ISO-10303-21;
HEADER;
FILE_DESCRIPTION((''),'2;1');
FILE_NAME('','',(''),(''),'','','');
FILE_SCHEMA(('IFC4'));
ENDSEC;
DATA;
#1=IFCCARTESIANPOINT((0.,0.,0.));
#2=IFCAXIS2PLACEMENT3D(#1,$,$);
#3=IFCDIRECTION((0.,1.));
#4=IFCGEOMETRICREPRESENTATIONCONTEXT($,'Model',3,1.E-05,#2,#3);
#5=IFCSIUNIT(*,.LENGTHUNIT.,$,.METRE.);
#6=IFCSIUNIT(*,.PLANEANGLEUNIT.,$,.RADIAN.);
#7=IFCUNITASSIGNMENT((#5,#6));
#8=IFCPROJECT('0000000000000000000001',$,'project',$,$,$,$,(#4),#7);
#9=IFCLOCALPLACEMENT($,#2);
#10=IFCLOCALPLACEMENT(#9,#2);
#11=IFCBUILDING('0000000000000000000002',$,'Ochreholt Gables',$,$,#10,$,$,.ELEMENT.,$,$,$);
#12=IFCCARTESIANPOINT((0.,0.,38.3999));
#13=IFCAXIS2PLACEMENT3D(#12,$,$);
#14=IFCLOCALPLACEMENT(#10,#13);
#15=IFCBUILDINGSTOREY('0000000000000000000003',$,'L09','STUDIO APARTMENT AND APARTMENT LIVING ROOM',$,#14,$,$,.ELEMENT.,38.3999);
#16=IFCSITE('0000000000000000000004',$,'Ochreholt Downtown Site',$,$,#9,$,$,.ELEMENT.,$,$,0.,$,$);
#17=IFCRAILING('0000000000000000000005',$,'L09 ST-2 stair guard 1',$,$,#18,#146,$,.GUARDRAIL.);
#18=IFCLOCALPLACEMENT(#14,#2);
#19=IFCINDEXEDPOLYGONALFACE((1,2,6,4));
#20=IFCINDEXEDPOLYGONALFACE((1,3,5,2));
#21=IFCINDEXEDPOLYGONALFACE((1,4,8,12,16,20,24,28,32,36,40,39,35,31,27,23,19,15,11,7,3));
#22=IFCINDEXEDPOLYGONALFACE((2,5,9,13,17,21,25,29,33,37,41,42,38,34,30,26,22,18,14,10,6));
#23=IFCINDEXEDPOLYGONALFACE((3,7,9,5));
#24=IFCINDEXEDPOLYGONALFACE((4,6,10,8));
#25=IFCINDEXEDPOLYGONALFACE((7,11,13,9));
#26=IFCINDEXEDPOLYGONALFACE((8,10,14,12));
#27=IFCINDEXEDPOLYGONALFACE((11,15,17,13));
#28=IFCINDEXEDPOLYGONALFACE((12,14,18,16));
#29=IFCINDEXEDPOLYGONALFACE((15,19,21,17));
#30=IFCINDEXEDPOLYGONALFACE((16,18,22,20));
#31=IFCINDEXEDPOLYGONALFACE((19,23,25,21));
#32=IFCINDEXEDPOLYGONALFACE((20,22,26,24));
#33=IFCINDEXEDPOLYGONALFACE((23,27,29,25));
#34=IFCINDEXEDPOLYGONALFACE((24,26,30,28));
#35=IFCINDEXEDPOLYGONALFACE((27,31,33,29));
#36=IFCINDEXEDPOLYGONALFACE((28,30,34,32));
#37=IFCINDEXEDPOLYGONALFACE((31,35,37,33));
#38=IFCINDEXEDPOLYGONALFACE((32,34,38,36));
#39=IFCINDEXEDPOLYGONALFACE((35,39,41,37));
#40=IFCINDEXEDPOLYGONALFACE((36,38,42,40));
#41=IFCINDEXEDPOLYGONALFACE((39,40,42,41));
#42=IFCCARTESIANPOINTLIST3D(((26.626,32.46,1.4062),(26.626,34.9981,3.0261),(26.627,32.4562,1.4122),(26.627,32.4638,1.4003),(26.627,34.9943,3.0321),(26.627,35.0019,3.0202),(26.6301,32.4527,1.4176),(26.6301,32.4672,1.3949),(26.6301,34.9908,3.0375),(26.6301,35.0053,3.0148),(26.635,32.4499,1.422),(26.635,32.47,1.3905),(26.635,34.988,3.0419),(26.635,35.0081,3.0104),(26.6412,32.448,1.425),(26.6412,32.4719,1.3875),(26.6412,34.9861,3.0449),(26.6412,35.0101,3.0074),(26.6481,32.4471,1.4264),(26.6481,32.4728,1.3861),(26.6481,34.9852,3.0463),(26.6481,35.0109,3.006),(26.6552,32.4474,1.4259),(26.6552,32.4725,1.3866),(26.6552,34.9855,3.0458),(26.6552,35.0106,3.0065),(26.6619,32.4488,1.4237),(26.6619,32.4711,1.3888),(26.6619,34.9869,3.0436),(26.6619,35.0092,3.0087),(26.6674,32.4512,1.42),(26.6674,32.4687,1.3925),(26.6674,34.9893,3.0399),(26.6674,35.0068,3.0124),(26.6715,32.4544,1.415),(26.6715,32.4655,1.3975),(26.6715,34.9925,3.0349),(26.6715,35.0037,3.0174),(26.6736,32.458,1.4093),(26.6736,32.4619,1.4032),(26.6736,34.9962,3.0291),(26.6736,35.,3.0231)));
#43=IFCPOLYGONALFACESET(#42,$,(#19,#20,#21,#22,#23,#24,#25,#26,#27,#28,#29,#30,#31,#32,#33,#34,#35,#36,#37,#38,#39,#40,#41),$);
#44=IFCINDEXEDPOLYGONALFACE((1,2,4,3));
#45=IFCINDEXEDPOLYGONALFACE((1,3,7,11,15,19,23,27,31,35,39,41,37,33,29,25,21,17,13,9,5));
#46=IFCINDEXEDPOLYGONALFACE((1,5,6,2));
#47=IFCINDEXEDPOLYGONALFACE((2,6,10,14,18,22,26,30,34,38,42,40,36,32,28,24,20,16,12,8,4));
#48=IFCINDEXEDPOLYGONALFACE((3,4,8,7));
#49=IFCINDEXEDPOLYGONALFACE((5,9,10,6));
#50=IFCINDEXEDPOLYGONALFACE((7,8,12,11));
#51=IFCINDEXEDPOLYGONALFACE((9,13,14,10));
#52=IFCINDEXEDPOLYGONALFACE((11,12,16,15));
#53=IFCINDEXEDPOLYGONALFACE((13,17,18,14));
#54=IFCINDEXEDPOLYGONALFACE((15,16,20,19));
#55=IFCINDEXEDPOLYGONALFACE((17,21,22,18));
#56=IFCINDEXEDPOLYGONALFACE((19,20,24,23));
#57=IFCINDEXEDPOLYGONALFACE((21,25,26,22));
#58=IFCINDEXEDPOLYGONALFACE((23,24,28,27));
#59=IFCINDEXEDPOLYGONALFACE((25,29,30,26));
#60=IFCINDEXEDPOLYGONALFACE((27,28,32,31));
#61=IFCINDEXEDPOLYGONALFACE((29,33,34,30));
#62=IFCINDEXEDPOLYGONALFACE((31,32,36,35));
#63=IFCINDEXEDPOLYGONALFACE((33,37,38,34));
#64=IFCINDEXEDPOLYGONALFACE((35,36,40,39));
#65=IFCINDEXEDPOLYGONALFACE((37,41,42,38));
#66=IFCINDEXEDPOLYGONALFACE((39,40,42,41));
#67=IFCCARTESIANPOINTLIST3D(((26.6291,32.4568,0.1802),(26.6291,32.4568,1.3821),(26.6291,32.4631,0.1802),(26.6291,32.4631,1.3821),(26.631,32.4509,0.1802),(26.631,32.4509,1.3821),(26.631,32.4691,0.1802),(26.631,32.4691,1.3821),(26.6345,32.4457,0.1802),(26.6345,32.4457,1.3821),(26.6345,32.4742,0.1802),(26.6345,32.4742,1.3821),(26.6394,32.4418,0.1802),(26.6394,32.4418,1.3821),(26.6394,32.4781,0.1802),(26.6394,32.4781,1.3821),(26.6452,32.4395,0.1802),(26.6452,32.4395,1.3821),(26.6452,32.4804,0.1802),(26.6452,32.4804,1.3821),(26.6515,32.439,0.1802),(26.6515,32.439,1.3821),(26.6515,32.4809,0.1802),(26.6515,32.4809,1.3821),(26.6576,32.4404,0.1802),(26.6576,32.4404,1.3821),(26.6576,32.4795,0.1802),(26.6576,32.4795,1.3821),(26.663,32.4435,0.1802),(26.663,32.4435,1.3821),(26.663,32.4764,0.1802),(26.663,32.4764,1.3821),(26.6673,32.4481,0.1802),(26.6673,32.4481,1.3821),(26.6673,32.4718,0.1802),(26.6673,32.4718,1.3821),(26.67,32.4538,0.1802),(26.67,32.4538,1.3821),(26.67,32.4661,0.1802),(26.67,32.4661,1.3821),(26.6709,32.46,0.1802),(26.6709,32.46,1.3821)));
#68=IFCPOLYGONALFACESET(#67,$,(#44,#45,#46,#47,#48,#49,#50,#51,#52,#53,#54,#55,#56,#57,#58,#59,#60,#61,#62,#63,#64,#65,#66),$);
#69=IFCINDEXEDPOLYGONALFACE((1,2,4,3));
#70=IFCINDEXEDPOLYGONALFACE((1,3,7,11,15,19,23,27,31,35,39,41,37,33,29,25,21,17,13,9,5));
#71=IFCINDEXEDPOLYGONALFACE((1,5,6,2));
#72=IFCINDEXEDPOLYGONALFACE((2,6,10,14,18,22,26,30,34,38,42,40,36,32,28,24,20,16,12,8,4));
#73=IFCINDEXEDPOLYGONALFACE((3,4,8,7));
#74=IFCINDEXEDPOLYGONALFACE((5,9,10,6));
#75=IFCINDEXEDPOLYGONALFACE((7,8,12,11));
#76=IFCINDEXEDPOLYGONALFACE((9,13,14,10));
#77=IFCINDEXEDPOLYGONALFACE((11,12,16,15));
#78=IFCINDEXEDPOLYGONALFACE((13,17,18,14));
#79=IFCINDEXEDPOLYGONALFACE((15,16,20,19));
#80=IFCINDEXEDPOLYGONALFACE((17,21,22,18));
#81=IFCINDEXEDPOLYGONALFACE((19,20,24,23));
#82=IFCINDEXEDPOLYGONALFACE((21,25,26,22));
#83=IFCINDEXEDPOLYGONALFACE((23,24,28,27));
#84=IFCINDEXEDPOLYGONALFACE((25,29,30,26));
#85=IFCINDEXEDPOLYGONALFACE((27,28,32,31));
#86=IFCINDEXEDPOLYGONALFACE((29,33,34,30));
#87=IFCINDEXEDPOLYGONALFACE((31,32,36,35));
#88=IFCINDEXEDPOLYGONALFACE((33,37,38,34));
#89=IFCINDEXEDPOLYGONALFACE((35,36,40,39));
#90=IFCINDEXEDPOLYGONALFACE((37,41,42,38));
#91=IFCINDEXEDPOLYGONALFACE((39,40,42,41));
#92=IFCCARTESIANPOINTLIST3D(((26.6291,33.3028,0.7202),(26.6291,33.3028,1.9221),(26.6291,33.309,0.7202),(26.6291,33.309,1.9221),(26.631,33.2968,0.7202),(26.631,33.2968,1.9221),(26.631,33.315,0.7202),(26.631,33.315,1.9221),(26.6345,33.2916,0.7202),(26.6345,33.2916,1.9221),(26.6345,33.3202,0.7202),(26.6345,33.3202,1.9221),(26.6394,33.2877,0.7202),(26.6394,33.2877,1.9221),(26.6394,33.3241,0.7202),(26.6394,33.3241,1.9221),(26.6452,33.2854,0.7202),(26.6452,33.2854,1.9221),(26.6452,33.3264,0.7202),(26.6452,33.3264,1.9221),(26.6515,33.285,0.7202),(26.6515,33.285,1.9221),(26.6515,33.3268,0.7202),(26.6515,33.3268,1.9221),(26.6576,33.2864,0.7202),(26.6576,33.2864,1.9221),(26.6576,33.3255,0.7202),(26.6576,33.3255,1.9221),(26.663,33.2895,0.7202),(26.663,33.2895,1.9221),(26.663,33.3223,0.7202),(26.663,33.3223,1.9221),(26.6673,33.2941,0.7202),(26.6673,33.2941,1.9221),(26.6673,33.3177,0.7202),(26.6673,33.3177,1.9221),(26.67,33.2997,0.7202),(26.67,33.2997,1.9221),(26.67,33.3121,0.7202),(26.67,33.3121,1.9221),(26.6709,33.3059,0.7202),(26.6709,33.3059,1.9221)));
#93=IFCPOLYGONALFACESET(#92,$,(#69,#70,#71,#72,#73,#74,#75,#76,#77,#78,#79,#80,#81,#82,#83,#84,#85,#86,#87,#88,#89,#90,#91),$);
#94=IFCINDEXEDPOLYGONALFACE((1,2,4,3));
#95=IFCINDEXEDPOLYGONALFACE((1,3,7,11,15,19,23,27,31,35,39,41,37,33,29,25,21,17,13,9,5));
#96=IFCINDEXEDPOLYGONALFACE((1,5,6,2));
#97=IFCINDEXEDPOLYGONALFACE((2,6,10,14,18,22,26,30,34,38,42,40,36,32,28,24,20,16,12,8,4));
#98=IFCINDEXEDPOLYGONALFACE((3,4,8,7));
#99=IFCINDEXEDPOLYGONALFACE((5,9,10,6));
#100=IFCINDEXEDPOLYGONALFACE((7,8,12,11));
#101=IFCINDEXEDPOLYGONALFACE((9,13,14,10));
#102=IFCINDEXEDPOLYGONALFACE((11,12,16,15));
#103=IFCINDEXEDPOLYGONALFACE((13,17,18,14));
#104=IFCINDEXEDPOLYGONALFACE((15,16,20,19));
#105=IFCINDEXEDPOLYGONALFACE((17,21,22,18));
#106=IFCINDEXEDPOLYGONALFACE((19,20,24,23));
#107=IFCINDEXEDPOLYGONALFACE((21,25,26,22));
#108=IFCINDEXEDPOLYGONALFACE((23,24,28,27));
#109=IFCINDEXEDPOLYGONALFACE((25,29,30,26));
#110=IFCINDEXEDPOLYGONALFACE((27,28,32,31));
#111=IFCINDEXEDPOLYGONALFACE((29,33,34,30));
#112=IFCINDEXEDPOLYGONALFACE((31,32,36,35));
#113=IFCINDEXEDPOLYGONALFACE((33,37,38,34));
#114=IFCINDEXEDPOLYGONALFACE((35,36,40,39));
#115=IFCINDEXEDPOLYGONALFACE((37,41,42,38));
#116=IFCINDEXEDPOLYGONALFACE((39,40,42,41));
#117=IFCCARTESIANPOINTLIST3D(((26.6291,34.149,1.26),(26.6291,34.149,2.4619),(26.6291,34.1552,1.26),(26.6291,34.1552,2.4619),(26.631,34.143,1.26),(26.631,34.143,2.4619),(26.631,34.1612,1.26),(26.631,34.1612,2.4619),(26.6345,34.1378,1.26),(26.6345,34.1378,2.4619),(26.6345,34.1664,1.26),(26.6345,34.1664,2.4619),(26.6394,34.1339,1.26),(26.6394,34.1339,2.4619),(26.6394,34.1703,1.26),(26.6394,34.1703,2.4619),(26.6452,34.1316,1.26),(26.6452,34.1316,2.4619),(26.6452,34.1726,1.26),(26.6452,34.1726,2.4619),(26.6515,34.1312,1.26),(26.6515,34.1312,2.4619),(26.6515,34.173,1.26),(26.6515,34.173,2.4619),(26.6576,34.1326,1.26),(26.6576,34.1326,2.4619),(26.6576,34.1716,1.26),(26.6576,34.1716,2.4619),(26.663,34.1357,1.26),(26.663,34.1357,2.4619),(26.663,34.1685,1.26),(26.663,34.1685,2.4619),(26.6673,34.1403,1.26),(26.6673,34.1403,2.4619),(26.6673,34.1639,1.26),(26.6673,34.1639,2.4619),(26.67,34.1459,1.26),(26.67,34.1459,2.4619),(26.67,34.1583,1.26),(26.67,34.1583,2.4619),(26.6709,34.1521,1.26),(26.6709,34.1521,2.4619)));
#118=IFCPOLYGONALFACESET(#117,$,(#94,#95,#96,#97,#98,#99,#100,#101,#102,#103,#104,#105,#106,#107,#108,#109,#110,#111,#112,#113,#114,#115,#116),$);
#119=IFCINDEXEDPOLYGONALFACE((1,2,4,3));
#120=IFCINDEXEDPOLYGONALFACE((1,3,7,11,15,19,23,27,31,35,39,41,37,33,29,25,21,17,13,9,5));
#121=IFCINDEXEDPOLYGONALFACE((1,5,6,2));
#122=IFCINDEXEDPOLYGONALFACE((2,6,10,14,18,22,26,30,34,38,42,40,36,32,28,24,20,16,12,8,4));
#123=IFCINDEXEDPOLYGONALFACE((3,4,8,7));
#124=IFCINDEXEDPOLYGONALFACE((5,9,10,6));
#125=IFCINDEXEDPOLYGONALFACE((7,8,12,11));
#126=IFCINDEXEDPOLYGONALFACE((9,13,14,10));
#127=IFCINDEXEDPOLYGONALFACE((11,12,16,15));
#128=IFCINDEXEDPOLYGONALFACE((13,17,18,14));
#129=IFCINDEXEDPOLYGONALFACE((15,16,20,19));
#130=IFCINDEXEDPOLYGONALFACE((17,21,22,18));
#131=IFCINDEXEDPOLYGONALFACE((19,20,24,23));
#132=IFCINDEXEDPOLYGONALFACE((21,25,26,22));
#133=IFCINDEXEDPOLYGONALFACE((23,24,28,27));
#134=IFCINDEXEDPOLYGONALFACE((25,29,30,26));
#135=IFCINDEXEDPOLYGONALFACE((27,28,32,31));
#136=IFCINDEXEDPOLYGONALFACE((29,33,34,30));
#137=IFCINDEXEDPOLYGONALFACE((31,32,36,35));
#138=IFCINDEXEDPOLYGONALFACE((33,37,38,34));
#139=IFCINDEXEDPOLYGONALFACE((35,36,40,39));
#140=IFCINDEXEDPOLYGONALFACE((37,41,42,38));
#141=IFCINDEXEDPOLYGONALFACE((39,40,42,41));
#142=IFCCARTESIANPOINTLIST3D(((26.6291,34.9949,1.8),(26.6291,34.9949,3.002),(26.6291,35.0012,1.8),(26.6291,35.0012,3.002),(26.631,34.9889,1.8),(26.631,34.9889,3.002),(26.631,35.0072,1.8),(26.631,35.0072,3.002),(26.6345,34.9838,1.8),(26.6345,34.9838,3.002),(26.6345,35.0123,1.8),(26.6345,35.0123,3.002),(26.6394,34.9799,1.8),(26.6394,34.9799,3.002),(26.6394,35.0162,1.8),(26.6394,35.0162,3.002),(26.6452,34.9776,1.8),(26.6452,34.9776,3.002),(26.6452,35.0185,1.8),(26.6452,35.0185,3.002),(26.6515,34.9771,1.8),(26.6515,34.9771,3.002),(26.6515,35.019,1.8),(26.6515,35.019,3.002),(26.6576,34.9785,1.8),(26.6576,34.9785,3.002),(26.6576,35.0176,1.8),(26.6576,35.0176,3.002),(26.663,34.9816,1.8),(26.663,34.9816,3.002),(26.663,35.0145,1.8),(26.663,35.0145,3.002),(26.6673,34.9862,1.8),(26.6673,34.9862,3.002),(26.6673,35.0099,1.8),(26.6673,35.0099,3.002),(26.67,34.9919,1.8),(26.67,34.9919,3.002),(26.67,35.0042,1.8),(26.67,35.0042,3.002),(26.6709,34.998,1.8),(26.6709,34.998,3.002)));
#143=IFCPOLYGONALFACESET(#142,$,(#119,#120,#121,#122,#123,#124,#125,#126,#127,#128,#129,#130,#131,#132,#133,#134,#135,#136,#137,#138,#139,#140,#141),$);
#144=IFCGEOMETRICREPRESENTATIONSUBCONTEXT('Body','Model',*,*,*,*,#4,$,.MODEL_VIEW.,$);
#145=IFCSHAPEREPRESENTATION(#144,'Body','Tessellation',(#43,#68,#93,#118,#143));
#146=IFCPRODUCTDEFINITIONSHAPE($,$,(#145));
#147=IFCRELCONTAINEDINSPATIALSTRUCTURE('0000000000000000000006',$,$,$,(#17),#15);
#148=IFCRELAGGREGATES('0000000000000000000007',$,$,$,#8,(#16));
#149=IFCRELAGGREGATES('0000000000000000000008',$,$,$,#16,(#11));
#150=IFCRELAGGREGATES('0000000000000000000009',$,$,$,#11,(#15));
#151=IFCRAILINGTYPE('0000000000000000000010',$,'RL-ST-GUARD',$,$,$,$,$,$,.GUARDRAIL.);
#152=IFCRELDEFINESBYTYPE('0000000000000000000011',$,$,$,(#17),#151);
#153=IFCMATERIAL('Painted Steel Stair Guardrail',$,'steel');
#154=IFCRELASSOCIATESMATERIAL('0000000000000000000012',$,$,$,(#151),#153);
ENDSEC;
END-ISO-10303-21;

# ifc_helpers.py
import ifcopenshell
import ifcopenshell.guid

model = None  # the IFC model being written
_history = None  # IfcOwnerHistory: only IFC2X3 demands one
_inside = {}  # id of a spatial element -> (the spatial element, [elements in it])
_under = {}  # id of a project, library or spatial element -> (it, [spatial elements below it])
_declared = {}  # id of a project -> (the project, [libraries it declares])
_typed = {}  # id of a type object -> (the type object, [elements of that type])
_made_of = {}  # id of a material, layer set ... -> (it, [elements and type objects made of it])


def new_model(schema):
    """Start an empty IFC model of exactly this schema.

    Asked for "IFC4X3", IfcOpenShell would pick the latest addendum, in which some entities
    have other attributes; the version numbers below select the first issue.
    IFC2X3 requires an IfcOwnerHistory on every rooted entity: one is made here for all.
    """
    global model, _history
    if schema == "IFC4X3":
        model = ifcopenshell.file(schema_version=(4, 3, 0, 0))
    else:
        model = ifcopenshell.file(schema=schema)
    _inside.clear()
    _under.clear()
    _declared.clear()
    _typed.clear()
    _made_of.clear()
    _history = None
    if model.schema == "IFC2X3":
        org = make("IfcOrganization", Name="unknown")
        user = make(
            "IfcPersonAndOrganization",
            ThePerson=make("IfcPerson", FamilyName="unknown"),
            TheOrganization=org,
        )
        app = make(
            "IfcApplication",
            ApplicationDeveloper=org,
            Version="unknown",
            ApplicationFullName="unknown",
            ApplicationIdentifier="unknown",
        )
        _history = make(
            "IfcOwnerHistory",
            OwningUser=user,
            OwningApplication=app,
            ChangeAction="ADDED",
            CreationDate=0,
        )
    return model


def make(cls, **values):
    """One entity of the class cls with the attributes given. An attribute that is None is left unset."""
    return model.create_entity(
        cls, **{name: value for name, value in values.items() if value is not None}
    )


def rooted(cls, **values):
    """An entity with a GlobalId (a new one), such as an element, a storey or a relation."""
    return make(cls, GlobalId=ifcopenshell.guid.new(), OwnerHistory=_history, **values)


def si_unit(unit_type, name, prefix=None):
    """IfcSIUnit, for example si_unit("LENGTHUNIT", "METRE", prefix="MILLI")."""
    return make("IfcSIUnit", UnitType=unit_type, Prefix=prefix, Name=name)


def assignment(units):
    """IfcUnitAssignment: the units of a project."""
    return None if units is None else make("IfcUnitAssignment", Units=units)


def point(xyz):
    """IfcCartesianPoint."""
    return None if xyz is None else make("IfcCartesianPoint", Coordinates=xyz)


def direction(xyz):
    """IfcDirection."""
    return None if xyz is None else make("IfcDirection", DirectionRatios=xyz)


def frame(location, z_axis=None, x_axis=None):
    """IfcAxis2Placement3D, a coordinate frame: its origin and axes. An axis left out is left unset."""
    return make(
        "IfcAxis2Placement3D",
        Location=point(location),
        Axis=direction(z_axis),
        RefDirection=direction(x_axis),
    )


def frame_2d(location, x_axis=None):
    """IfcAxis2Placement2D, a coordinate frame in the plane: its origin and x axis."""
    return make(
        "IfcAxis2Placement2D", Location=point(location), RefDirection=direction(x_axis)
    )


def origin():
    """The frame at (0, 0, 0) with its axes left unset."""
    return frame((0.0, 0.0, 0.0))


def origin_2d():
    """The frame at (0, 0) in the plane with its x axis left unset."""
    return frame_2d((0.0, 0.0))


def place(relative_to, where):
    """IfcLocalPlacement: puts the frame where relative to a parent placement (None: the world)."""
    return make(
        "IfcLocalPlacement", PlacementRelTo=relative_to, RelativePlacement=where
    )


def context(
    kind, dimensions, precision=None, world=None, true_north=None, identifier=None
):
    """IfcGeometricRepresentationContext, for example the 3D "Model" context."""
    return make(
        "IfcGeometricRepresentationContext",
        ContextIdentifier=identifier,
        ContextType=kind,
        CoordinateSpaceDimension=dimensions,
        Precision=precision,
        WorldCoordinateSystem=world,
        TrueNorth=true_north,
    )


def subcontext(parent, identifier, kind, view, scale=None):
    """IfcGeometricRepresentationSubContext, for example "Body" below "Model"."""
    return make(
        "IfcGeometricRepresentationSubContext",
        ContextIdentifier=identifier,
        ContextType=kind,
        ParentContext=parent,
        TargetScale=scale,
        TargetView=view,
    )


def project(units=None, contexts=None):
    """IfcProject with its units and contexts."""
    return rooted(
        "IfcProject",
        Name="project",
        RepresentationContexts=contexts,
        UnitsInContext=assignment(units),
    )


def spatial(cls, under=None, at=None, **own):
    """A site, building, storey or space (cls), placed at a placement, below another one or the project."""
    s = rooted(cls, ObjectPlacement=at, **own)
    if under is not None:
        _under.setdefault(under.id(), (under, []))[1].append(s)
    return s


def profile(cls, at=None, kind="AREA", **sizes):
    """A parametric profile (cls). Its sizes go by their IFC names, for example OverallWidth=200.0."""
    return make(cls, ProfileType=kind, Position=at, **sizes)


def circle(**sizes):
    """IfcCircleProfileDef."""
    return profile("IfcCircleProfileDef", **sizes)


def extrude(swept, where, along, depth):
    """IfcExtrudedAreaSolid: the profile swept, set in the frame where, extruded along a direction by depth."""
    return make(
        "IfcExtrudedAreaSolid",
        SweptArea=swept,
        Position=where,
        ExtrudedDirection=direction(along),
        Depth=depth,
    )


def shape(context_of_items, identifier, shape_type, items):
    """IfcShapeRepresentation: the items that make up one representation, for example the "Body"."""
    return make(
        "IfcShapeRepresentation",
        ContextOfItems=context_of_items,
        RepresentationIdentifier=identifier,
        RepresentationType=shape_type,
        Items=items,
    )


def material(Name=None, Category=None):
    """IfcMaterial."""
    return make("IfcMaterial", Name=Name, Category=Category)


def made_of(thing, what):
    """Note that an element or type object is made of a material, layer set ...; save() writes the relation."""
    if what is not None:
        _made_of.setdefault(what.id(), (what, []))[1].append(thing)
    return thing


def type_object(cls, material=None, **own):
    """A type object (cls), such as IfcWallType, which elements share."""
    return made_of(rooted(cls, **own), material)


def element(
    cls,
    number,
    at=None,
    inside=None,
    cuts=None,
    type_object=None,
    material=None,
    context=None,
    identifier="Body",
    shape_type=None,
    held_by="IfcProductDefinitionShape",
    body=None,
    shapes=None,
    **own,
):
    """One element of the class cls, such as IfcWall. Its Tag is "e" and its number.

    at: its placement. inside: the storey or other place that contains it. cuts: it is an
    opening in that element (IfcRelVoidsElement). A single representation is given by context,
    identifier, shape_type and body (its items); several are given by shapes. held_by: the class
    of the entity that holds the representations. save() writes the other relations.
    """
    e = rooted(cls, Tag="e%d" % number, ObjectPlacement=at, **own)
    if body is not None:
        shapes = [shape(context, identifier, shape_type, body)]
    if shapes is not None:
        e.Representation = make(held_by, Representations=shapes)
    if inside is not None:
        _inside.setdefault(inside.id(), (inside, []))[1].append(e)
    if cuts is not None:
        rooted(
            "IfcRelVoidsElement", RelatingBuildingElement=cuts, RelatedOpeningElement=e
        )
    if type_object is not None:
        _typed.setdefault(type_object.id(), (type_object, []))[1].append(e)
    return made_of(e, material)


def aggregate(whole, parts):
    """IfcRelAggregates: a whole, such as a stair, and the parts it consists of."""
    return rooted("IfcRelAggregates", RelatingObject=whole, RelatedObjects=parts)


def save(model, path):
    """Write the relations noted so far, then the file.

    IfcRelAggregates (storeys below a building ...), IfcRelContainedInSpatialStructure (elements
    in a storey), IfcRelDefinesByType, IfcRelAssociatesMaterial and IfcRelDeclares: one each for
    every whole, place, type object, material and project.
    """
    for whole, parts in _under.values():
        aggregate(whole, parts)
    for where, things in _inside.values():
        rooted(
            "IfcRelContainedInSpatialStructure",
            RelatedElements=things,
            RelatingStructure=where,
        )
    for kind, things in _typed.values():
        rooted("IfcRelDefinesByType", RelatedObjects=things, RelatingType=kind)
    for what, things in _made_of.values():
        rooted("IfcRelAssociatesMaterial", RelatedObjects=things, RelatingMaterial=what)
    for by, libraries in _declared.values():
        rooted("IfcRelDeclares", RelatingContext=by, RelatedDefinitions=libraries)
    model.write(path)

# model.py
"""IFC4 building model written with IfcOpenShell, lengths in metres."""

from ifc_helpers import new_model, si_unit, direction, frame, origin, origin_2d, place, context, subcontext, project, spatial, circle, extrude, material, type_object, element, save


model = new_model("IFC4")

# Units and contexts
model_context = context("Model", 3, precision=1e-05, world=origin(), true_north=direction((0.0, 1.0)))
body_context = subcontext(model_context, "Body", "Model", "MODEL_VIEW")
ifc_project = project(units=[si_unit("LENGTHUNIT", "METRE"), si_unit("PLANEANGLEUNIT", "RADIAN")], contexts=[model_context])

# Site, building, storey
site_placement = place(None, origin())
site = spatial("IfcSite", under=ifc_project, at=site_placement, Name="Ochreholt Downtown Site", CompositionType="ELEMENT", RefElevation=0.0)
building_placement = place(site_placement, origin())
building = spatial("IfcBuilding", under=site, at=building_placement, Name="Ochreholt Gables", CompositionType="ELEMENT")
storey_placement = place(building_placement, frame((0.0, 0.0, 38.3999)))
storey = spatial("IfcBuildingStorey", under=building, at=storey_placement, Name="L09", Description="STUDIO APARTMENT AND APARTMENT LIVING ROOM", CompositionType="ELEMENT", Elevation=38.3999)

# Railing
ifc_material_1 = material(Name="Painted Steel Stair Guardrail", Category="steel")
railing_type_1 = type_object("IfcRailingType", Name="RL-ST-GUARD", PredefinedType="GUARDRAIL", material=ifc_material_1)
railing_1_placement = place(storey_placement, frame((26.6499, 32.46, 0.1802)))
element("IfcRailing", 1, at=railing_1_placement, inside=storey, type_object=railing_type_1, Name="L09 ST-2 stair guard 1", PredefinedType="GUARDRAIL", context=body_context, shape_type="SweptSolid", body=[
    extrude(circle(Radius=0.0239, at=origin_2d()), frame((0.0, 0.0, 1.2261), z_axis=(0.0, 0.84295, 0.537993), x_axis=(-1.0, 0.0, 0.0)), (0.0, 0.0, 1.0), 3.011),
    extrude(circle(Radius=0.021, at=origin_2d()), origin(), (0.0, 0.0, 1.0), 1.2019),
    extrude(circle(Radius=0.021, at=origin_2d()), frame((0.0, 0.8459, 0.54)), (0.0, 0.0, 1.0), 1.2019),
    extrude(circle(Radius=0.021, at=origin_2d()), frame((0.0, 1.6921, 1.0798)), (0.0, 0.0, 1.0), 1.2019),
    extrude(circle(Radius=0.021, at=origin_2d()), frame((0.0, 2.5381, 1.6199)), (0.0, 0.0, 1.0), 1.2019),
])

save(model, "model.ifc")
